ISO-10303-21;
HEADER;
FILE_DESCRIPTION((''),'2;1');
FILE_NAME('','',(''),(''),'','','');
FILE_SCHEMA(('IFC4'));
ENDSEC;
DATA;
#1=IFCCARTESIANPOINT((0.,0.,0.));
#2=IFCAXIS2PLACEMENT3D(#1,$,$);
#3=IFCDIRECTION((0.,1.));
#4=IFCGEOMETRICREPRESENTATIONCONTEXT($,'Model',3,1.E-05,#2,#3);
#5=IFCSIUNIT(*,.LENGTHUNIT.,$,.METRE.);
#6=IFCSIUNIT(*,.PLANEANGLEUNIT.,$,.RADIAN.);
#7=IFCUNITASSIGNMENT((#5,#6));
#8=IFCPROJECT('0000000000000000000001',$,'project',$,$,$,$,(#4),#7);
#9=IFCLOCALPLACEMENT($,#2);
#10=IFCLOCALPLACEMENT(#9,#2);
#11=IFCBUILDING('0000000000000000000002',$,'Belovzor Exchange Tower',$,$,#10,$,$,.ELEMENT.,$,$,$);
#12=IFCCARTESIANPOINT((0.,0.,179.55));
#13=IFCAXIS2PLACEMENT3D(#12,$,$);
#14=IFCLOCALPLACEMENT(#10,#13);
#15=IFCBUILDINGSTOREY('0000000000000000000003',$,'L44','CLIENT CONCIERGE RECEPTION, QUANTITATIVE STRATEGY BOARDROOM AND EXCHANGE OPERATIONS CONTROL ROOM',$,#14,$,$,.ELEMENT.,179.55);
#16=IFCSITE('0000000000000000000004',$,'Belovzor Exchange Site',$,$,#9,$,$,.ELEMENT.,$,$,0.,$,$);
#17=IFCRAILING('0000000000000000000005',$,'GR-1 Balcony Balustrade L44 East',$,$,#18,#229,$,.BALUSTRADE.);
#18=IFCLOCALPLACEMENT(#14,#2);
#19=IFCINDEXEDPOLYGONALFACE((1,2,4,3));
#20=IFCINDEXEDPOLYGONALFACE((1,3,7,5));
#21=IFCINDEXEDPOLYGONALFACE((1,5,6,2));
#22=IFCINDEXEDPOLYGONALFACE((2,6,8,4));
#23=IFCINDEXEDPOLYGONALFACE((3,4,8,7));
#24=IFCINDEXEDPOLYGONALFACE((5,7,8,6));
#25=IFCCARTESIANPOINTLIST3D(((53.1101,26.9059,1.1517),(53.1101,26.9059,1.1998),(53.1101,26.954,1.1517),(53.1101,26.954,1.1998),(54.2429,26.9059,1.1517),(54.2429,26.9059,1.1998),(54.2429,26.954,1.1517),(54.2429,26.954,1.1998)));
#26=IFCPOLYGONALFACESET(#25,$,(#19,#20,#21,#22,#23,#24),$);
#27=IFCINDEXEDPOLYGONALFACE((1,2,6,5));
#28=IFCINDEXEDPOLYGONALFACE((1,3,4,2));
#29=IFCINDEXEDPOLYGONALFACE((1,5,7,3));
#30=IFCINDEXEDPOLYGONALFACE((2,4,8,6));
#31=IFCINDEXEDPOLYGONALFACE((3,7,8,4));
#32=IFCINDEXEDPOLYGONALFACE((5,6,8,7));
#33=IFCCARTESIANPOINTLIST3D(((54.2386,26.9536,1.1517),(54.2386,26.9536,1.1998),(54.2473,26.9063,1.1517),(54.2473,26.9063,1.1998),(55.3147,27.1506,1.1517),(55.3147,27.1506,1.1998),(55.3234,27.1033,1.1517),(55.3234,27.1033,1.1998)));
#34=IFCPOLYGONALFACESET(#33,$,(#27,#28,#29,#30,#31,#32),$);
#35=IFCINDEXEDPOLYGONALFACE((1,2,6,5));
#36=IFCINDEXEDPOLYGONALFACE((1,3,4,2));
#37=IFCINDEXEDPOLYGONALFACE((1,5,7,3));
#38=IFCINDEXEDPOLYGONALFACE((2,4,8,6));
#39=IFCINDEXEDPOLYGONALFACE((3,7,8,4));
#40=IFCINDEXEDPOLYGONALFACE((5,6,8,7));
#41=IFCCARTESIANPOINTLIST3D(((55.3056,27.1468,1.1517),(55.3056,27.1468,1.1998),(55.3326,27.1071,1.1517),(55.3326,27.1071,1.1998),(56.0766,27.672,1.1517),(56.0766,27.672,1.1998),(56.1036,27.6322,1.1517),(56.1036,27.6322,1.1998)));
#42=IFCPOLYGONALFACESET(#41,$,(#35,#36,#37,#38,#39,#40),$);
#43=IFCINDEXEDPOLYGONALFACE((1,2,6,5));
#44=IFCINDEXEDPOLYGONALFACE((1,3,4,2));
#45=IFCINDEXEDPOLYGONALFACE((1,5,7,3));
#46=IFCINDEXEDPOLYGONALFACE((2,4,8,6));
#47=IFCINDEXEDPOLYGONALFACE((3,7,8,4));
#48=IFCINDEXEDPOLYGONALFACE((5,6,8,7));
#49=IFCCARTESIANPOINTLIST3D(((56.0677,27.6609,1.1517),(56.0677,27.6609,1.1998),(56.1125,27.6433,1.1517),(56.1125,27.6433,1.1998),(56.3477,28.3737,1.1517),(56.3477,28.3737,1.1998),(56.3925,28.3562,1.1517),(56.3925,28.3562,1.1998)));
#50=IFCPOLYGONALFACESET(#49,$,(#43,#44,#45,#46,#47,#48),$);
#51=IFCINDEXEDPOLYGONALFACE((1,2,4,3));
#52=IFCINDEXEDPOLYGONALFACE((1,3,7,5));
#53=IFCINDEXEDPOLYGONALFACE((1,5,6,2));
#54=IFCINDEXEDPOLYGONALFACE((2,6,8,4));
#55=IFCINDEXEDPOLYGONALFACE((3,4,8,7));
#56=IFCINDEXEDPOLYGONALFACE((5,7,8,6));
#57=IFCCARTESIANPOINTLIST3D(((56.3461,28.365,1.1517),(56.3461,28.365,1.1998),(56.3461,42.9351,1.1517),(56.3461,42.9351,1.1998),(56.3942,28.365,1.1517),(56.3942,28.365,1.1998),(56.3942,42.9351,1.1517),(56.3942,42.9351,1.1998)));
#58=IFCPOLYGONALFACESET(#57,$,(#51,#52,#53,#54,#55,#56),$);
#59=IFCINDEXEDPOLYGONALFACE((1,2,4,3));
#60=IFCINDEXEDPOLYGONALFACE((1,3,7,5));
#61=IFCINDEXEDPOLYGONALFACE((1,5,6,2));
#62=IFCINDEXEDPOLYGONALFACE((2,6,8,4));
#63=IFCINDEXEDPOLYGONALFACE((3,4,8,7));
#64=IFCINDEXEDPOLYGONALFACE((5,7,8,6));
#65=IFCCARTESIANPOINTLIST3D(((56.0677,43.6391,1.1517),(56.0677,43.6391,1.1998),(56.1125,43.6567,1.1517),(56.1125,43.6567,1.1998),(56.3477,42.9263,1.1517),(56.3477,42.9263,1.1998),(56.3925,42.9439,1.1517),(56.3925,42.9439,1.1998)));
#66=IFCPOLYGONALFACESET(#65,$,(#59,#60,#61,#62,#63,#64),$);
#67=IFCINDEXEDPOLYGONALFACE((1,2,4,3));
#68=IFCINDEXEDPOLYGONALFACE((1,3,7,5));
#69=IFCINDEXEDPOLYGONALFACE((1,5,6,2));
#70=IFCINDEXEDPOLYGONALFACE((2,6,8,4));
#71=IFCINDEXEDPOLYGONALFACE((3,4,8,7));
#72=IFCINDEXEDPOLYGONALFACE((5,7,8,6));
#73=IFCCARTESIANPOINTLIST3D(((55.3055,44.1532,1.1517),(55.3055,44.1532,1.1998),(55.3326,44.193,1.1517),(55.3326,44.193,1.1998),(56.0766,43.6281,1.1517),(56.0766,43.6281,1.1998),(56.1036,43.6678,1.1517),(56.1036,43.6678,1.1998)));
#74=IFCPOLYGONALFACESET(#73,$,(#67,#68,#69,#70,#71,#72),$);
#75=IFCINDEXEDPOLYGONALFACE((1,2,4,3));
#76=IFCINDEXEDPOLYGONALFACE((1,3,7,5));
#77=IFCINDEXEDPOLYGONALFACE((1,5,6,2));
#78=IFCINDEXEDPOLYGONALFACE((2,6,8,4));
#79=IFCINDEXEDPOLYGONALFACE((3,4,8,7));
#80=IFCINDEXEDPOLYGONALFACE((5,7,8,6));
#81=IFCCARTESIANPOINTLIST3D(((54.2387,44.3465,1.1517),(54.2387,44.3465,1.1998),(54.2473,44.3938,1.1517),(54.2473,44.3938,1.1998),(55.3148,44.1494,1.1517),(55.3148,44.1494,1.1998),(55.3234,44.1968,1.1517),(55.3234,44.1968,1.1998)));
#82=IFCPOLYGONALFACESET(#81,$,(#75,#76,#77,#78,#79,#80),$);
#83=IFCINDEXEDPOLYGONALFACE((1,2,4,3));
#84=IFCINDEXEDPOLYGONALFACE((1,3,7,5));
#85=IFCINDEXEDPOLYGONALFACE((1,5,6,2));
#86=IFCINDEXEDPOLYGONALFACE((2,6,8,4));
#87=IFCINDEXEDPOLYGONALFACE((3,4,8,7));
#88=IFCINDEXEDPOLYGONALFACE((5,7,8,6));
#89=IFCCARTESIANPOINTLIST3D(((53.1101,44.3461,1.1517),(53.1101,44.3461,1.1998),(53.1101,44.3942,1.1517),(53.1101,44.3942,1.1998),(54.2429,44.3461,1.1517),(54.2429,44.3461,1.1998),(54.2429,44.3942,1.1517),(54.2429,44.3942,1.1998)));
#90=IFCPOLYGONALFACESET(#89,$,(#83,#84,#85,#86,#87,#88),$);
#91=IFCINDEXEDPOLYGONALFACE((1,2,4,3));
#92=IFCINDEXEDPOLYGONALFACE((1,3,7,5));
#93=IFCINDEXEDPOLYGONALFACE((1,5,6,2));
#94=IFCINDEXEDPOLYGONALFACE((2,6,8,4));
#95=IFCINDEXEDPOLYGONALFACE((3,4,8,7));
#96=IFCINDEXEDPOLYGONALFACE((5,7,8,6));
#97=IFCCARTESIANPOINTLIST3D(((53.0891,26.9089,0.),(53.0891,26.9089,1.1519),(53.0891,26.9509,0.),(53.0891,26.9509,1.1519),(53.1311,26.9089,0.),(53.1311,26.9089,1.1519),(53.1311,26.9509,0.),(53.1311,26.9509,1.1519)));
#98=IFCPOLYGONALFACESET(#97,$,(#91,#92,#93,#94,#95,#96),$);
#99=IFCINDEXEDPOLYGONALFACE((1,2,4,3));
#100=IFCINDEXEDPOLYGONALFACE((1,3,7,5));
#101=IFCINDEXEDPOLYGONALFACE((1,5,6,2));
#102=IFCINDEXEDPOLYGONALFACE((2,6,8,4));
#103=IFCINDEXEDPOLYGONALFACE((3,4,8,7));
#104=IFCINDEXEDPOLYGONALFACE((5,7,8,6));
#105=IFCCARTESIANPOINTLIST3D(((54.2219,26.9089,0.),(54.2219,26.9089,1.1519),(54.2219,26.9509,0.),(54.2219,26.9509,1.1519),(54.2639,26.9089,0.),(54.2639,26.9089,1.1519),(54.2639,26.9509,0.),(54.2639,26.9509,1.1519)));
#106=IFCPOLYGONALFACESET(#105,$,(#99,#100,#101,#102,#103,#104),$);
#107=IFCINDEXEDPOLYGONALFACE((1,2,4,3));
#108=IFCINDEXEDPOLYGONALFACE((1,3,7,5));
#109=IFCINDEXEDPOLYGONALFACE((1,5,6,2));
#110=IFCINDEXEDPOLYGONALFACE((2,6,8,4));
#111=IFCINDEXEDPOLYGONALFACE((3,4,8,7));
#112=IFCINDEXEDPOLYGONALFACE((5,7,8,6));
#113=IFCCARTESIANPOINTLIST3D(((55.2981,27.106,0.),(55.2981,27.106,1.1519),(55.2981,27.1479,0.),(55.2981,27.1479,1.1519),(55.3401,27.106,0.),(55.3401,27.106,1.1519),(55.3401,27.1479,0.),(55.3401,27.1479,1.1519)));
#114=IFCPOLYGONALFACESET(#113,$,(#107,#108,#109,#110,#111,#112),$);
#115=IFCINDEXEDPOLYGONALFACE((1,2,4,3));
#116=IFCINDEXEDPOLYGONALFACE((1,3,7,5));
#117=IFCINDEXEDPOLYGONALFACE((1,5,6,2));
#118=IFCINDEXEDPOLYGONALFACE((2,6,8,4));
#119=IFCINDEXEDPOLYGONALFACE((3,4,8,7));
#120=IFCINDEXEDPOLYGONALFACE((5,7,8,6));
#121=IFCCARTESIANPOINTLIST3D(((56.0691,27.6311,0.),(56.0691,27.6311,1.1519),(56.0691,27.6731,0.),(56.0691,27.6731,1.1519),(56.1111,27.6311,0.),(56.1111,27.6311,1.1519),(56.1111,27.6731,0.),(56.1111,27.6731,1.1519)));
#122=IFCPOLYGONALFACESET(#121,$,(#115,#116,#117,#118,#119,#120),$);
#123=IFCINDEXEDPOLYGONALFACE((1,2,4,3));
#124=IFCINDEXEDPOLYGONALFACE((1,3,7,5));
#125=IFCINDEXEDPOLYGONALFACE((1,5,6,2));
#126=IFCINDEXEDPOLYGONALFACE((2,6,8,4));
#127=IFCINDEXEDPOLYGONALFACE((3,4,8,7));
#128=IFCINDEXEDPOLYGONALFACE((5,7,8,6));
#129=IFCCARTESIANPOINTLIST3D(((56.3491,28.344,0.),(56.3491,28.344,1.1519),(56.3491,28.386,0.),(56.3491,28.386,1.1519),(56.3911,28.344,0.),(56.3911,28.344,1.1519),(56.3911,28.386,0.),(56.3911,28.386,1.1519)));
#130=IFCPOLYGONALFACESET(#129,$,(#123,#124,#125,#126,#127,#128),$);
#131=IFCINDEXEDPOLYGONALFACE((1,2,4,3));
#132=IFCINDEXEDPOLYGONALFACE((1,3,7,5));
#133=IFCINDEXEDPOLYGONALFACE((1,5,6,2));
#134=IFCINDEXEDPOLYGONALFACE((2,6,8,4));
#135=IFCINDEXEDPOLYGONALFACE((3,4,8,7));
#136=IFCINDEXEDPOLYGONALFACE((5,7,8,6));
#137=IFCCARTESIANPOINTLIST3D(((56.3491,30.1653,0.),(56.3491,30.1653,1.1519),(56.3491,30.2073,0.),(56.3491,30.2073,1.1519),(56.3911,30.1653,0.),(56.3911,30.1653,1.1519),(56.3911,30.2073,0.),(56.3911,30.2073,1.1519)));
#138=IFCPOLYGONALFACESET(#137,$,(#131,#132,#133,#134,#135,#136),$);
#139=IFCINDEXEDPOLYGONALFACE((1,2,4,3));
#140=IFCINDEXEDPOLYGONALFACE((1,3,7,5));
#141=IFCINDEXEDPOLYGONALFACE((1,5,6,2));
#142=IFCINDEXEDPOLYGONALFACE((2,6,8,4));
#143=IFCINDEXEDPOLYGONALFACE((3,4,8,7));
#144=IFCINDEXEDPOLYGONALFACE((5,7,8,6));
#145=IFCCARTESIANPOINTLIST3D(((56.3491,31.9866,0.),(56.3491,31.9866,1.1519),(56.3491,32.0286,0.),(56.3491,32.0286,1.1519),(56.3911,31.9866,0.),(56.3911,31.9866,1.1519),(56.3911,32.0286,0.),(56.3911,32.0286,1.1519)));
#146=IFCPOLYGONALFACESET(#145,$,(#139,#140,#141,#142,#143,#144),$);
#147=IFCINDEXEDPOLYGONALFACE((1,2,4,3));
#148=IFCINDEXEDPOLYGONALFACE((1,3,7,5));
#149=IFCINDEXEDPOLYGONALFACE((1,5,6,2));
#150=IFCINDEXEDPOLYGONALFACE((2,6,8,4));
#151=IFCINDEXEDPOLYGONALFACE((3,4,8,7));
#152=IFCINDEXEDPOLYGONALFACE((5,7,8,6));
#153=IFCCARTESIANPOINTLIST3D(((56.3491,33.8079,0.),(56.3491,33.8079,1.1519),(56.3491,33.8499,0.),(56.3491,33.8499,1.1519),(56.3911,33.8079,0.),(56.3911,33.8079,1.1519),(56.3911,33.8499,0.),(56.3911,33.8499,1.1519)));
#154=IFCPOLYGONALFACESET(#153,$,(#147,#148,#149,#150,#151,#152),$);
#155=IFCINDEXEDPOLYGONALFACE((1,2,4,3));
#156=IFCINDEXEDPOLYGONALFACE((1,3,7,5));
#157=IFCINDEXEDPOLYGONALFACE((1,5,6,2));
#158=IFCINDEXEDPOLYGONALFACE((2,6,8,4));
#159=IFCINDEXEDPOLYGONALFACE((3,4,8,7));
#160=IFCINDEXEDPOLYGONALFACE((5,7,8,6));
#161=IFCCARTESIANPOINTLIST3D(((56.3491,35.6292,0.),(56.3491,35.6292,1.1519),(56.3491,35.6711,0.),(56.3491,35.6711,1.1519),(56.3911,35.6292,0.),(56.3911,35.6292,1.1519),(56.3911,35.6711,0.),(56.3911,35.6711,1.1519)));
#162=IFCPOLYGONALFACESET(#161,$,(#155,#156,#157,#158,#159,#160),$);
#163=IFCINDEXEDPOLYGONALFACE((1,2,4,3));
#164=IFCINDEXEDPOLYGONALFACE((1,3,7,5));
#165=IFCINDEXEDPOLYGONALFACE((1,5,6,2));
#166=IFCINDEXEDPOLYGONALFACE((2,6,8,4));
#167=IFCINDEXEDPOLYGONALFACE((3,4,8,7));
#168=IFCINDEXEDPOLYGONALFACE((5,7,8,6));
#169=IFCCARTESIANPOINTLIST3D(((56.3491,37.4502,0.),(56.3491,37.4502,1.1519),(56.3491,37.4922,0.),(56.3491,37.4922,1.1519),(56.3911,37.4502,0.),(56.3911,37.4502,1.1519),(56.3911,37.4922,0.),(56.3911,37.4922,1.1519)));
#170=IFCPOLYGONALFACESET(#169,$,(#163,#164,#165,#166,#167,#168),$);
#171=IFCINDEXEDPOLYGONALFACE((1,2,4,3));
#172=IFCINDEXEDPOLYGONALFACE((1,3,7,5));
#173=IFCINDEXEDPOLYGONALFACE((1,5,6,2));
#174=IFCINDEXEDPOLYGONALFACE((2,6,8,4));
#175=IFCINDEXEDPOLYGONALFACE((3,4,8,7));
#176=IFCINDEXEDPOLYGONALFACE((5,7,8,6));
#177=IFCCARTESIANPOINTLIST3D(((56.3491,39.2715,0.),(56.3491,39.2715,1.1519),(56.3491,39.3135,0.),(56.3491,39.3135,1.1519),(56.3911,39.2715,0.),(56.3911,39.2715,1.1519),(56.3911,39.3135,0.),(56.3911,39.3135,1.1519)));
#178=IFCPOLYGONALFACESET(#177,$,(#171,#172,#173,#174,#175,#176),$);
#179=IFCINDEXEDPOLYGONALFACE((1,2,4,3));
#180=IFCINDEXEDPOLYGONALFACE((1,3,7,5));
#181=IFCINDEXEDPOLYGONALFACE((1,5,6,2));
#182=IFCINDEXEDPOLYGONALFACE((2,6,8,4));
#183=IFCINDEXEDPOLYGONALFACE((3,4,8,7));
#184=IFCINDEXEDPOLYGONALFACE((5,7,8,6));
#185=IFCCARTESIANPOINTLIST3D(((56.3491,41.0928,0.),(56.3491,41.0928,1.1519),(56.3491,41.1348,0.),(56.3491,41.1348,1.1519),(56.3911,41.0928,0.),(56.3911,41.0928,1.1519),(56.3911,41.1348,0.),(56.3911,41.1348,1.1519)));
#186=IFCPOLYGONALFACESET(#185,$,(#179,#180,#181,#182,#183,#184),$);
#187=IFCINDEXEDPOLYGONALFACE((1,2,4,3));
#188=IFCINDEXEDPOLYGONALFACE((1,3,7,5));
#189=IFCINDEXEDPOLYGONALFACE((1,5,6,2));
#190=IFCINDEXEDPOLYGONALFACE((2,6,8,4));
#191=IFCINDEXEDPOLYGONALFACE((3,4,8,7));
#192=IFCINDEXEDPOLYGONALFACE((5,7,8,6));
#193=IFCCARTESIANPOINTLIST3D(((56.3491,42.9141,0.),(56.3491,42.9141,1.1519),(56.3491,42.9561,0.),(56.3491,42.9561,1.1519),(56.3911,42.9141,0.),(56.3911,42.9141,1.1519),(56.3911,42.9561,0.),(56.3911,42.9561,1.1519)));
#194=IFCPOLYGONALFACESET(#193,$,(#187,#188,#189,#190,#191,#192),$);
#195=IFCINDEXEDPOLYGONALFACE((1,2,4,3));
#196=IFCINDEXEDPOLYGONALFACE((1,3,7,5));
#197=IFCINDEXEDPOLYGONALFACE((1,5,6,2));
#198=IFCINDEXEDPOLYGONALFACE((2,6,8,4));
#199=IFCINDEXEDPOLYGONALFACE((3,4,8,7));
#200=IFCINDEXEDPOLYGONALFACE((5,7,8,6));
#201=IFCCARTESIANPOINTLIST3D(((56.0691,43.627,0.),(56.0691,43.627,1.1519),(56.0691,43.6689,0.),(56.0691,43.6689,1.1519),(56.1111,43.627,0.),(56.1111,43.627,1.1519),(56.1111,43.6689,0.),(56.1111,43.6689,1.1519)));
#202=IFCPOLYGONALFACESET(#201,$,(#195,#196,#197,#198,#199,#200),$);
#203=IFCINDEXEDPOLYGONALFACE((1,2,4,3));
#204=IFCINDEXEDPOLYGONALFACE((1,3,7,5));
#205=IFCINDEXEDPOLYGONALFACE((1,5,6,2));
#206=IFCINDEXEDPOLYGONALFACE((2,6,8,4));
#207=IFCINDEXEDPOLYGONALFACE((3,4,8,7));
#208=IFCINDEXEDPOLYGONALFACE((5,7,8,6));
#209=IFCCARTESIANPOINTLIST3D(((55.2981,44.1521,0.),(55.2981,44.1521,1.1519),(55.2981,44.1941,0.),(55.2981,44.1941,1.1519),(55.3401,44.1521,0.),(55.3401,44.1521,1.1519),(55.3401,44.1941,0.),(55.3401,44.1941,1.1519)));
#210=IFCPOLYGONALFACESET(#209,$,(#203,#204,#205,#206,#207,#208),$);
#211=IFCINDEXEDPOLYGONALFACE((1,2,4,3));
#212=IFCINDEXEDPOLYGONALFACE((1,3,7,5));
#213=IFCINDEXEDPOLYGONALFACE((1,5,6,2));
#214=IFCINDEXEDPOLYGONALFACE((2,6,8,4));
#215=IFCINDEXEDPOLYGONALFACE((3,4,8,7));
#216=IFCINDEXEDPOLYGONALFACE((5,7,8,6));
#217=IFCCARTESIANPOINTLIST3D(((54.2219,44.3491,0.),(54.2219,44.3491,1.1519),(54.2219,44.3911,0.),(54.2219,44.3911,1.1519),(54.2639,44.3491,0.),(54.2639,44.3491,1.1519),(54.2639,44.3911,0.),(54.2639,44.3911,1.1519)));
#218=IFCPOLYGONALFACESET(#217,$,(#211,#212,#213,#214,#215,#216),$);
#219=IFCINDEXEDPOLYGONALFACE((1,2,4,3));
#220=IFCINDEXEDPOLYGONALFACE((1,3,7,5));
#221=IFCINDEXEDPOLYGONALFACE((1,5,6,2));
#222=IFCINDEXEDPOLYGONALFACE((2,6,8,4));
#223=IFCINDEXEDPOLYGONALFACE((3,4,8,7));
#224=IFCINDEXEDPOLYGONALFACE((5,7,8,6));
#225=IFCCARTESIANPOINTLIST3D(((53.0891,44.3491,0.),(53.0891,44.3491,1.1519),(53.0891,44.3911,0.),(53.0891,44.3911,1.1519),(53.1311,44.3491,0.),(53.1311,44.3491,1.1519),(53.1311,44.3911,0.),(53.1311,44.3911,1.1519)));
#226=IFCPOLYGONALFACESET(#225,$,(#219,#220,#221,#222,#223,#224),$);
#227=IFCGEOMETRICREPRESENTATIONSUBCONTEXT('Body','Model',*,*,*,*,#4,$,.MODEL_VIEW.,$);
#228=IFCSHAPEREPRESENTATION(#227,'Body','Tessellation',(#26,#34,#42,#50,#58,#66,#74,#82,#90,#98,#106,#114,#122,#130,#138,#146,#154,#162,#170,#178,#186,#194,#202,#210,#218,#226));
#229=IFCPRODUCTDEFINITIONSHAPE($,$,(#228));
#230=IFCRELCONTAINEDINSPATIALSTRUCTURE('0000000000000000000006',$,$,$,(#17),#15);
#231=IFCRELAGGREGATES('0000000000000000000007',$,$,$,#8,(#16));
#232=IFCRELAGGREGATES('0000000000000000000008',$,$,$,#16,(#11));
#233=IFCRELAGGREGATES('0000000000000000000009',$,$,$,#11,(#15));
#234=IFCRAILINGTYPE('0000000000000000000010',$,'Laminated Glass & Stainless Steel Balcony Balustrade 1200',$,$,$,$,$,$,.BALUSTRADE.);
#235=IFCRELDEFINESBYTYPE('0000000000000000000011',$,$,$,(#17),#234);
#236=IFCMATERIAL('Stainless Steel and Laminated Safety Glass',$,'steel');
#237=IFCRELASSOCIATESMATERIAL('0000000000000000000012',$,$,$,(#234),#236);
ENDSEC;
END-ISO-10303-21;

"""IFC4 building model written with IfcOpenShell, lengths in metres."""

from ifc_helpers import new_model, si_unit, direction, frame, origin, origin_2d, place, context, subcontext, project, spatial, rectangle, extrude, material, type_object, element, save


model = new_model("IFC4")

# Units and contexts
model_context = context("Model", 3, precision=1e-05, world=origin(), true_north=direction((0.0, 1.0)))
body_context = subcontext(model_context, "Body", "Model", "MODEL_VIEW")
ifc_project = project(units=[si_unit("LENGTHUNIT", "METRE"), si_unit("PLANEANGLEUNIT", "RADIAN")], contexts=[model_context])

# Site, building, storey
site_placement = place(None, origin())
site = spatial("IfcSite", under=ifc_project, at=site_placement, Name="Belovzor Exchange Site", CompositionType="ELEMENT", RefElevation=0.0)
building_placement = place(site_placement, origin())
building = spatial("IfcBuilding", under=site, at=building_placement, Name="Belovzor Exchange Tower", CompositionType="ELEMENT")
storey_placement = place(building_placement, frame((0.0, 0.0, 179.55)))
storey = spatial("IfcBuildingStorey", under=building, at=storey_placement, Name="L44", Description="CLIENT CONCIERGE RECEPTION, QUANTITATIVE STRATEGY BOARDROOM AND EXCHANGE OPERATIONS CONTROL ROOM", CompositionType="ELEMENT", Elevation=179.55)

# Railing
ifc_material_1 = material(Name="Stainless Steel and Laminated Safety Glass", Category="steel")
railing_type = type_object("IfcRailingType", Name="Laminated Glass & Stainless Steel Balcony Balustrade 1200", PredefinedType="BALUSTRADE", material=ifc_material_1)
railing_placement = place(storey_placement, frame((53.1101, 26.9299, 0.0)))
element("IfcRailing", 1, at=railing_placement, inside=storey, type_object=railing_type, Name="GR-1 Balcony Balustrade L44 East", PredefinedType="BALUSTRADE", context=body_context, shape_type="SweptSolid", body=[
    extrude(rectangle(XDim=0.0481, YDim=0.0481, at=origin_2d()), frame((0.0, 0.0, 1.1758), z_axis=(1.0, 0.0, 0.0), x_axis=(0.0, 1.0, 0.0)), (0.0, 0.0, 1.0), 1.1328),
    extrude(rectangle(XDim=0.0481, YDim=0.0481, at=origin_2d()), frame((1.1328, 0.0, 1.1758), z_axis=(0.983651, 0.180083, 0.0), x_axis=(-0.180083, 0.983651, 0.0)), (0.0, 0.0, 1.0), 1.094),
    extrude(rectangle(XDim=0.0481, YDim=0.0481, at=origin_2d()), frame((2.209, 0.197, 1.1758), z_axis=(0.826493, 0.562947, 0.0), x_axis=(-0.562947, 0.826493, 0.0)), (0.0, 0.0, 1.0), 0.9329),
    extrude(rectangle(XDim=0.0481, YDim=0.0481, at=origin_2d()), frame((2.98, 0.7222, 1.1758), z_axis=(0.365613, 0.930767, 0.0), x_axis=(-0.930767, 0.365613, 0.0)), (0.0, 0.0, 1.0), 0.7659),
    extrude(rectangle(XDim=0.0481, YDim=0.0481, at=origin_2d()), frame((3.26, 1.4351, 1.1758), z_axis=(0.0, 1.0, 0.0), x_axis=(-1.0, 0.0, 0.0)), (0.0, 0.0, 1.0), 14.5701),
    extrude(rectangle(XDim=0.0481, YDim=0.0481, at=origin_2d()), frame((3.26, 16.0051, 1.1758), z_axis=(-0.365613, 0.930767, 0.0), x_axis=(-0.930767, -0.365613, 0.0)), (0.0, 0.0, 1.0), 0.7659),
    extrude(rectangle(XDim=0.0481, YDim=0.0481, at=origin_2d()), frame((2.98, 16.718, 1.1758), z_axis=(-0.826493, 0.562947, 0.0), x_axis=(-0.562947, -0.826493, 0.0)), (0.0, 0.0, 1.0), 0.9329),
    extrude(rectangle(XDim=0.0481, YDim=0.0481, at=origin_2d()), frame((2.209, 17.2432, 1.1758), z_axis=(-0.983651, 0.180083, 0.0), x_axis=(-0.180083, -0.983651, 0.0)), (0.0, 0.0, 1.0), 1.094),
    extrude(rectangle(XDim=0.0481, YDim=0.0481, at=origin_2d()), frame((1.1328, 17.4402, 1.1758), z_axis=(-1.0, 0.0, 0.0), x_axis=(0.0, -1.0, 0.0)), (0.0, 0.0, 1.0), 1.1328),
    extrude(rectangle(XDim=0.042, YDim=0.042, at=origin_2d()), origin(), (0.0, 0.0, 1.0), 1.1519),
    extrude(rectangle(XDim=0.042, YDim=0.042, at=origin_2d()), frame((1.1328, 0.0, 0.0)), (0.0, 0.0, 1.0), 1.1519),
    extrude(rectangle(XDim=0.042, YDim=0.042, at=origin_2d()), frame((2.209, 0.197, 0.0)), (0.0, 0.0, 1.0), 1.1519),
    extrude(rectangle(XDim=0.042, YDim=0.042, at=origin_2d()), frame((2.98, 0.7222, 0.0)), (0.0, 0.0, 1.0), 1.1519),
    extrude(rectangle(XDim=0.042, YDim=0.042, at=origin_2d()), frame((3.26, 1.4351, 0.0)), (0.0, 0.0, 1.0), 1.1519),
    extrude(rectangle(XDim=0.042, YDim=0.042, at=origin_2d()), frame((3.26, 3.2563, 0.0)), (0.0, 0.0, 1.0), 1.1519),
    extrude(rectangle(XDim=0.042, YDim=0.042, at=origin_2d()), frame((3.26, 5.0776, 0.0)), (0.0, 0.0, 1.0), 1.1519),
    extrude(rectangle(XDim=0.042, YDim=0.042, at=origin_2d()), frame((3.26, 6.8989, 0.0)), (0.0, 0.0, 1.0), 1.1519),
    extrude(rectangle(XDim=0.042, YDim=0.042, at=origin_2d()), frame((3.26, 8.7202, 0.0)), (0.0, 0.0, 1.0), 1.1519),
    extrude(rectangle(XDim=0.042, YDim=0.042, at=origin_2d()), frame((3.26, 10.5413, 0.0)), (0.0, 0.0, 1.0), 1.1519),
    extrude(rectangle(XDim=0.042, YDim=0.042, at=origin_2d()), frame((3.26, 12.3625, 0.0)), (0.0, 0.0, 1.0), 1.1519),
    extrude(rectangle(XDim=0.042, YDim=0.042, at=origin_2d()), frame((3.26, 14.1838, 0.0)), (0.0, 0.0, 1.0), 1.1519),
    extrude(rectangle(XDim=0.042, YDim=0.042, at=origin_2d()), frame((3.26, 16.0051, 0.0)), (0.0, 0.0, 1.0), 1.1519),
    extrude(rectangle(XDim=0.042, YDim=0.042, at=origin_2d()), frame((2.98, 16.718, 0.0)), (0.0, 0.0, 1.0), 1.1519),
    extrude(rectangle(XDim=0.042, YDim=0.042, at=origin_2d()), frame((2.209, 17.2432, 0.0)), (0.0, 0.0, 1.0), 1.1519),
    extrude(rectangle(XDim=0.042, YDim=0.042, at=origin_2d()), frame((1.1328, 17.4402, 0.0)), (0.0, 0.0, 1.0), 1.1519),
    extrude(rectangle(XDim=0.042, YDim=0.042, at=origin_2d()), frame((0.0, 17.4402, 0.0)), (0.0, 0.0, 1.0), 1.1519),
])

save(model, "model.ifc")
